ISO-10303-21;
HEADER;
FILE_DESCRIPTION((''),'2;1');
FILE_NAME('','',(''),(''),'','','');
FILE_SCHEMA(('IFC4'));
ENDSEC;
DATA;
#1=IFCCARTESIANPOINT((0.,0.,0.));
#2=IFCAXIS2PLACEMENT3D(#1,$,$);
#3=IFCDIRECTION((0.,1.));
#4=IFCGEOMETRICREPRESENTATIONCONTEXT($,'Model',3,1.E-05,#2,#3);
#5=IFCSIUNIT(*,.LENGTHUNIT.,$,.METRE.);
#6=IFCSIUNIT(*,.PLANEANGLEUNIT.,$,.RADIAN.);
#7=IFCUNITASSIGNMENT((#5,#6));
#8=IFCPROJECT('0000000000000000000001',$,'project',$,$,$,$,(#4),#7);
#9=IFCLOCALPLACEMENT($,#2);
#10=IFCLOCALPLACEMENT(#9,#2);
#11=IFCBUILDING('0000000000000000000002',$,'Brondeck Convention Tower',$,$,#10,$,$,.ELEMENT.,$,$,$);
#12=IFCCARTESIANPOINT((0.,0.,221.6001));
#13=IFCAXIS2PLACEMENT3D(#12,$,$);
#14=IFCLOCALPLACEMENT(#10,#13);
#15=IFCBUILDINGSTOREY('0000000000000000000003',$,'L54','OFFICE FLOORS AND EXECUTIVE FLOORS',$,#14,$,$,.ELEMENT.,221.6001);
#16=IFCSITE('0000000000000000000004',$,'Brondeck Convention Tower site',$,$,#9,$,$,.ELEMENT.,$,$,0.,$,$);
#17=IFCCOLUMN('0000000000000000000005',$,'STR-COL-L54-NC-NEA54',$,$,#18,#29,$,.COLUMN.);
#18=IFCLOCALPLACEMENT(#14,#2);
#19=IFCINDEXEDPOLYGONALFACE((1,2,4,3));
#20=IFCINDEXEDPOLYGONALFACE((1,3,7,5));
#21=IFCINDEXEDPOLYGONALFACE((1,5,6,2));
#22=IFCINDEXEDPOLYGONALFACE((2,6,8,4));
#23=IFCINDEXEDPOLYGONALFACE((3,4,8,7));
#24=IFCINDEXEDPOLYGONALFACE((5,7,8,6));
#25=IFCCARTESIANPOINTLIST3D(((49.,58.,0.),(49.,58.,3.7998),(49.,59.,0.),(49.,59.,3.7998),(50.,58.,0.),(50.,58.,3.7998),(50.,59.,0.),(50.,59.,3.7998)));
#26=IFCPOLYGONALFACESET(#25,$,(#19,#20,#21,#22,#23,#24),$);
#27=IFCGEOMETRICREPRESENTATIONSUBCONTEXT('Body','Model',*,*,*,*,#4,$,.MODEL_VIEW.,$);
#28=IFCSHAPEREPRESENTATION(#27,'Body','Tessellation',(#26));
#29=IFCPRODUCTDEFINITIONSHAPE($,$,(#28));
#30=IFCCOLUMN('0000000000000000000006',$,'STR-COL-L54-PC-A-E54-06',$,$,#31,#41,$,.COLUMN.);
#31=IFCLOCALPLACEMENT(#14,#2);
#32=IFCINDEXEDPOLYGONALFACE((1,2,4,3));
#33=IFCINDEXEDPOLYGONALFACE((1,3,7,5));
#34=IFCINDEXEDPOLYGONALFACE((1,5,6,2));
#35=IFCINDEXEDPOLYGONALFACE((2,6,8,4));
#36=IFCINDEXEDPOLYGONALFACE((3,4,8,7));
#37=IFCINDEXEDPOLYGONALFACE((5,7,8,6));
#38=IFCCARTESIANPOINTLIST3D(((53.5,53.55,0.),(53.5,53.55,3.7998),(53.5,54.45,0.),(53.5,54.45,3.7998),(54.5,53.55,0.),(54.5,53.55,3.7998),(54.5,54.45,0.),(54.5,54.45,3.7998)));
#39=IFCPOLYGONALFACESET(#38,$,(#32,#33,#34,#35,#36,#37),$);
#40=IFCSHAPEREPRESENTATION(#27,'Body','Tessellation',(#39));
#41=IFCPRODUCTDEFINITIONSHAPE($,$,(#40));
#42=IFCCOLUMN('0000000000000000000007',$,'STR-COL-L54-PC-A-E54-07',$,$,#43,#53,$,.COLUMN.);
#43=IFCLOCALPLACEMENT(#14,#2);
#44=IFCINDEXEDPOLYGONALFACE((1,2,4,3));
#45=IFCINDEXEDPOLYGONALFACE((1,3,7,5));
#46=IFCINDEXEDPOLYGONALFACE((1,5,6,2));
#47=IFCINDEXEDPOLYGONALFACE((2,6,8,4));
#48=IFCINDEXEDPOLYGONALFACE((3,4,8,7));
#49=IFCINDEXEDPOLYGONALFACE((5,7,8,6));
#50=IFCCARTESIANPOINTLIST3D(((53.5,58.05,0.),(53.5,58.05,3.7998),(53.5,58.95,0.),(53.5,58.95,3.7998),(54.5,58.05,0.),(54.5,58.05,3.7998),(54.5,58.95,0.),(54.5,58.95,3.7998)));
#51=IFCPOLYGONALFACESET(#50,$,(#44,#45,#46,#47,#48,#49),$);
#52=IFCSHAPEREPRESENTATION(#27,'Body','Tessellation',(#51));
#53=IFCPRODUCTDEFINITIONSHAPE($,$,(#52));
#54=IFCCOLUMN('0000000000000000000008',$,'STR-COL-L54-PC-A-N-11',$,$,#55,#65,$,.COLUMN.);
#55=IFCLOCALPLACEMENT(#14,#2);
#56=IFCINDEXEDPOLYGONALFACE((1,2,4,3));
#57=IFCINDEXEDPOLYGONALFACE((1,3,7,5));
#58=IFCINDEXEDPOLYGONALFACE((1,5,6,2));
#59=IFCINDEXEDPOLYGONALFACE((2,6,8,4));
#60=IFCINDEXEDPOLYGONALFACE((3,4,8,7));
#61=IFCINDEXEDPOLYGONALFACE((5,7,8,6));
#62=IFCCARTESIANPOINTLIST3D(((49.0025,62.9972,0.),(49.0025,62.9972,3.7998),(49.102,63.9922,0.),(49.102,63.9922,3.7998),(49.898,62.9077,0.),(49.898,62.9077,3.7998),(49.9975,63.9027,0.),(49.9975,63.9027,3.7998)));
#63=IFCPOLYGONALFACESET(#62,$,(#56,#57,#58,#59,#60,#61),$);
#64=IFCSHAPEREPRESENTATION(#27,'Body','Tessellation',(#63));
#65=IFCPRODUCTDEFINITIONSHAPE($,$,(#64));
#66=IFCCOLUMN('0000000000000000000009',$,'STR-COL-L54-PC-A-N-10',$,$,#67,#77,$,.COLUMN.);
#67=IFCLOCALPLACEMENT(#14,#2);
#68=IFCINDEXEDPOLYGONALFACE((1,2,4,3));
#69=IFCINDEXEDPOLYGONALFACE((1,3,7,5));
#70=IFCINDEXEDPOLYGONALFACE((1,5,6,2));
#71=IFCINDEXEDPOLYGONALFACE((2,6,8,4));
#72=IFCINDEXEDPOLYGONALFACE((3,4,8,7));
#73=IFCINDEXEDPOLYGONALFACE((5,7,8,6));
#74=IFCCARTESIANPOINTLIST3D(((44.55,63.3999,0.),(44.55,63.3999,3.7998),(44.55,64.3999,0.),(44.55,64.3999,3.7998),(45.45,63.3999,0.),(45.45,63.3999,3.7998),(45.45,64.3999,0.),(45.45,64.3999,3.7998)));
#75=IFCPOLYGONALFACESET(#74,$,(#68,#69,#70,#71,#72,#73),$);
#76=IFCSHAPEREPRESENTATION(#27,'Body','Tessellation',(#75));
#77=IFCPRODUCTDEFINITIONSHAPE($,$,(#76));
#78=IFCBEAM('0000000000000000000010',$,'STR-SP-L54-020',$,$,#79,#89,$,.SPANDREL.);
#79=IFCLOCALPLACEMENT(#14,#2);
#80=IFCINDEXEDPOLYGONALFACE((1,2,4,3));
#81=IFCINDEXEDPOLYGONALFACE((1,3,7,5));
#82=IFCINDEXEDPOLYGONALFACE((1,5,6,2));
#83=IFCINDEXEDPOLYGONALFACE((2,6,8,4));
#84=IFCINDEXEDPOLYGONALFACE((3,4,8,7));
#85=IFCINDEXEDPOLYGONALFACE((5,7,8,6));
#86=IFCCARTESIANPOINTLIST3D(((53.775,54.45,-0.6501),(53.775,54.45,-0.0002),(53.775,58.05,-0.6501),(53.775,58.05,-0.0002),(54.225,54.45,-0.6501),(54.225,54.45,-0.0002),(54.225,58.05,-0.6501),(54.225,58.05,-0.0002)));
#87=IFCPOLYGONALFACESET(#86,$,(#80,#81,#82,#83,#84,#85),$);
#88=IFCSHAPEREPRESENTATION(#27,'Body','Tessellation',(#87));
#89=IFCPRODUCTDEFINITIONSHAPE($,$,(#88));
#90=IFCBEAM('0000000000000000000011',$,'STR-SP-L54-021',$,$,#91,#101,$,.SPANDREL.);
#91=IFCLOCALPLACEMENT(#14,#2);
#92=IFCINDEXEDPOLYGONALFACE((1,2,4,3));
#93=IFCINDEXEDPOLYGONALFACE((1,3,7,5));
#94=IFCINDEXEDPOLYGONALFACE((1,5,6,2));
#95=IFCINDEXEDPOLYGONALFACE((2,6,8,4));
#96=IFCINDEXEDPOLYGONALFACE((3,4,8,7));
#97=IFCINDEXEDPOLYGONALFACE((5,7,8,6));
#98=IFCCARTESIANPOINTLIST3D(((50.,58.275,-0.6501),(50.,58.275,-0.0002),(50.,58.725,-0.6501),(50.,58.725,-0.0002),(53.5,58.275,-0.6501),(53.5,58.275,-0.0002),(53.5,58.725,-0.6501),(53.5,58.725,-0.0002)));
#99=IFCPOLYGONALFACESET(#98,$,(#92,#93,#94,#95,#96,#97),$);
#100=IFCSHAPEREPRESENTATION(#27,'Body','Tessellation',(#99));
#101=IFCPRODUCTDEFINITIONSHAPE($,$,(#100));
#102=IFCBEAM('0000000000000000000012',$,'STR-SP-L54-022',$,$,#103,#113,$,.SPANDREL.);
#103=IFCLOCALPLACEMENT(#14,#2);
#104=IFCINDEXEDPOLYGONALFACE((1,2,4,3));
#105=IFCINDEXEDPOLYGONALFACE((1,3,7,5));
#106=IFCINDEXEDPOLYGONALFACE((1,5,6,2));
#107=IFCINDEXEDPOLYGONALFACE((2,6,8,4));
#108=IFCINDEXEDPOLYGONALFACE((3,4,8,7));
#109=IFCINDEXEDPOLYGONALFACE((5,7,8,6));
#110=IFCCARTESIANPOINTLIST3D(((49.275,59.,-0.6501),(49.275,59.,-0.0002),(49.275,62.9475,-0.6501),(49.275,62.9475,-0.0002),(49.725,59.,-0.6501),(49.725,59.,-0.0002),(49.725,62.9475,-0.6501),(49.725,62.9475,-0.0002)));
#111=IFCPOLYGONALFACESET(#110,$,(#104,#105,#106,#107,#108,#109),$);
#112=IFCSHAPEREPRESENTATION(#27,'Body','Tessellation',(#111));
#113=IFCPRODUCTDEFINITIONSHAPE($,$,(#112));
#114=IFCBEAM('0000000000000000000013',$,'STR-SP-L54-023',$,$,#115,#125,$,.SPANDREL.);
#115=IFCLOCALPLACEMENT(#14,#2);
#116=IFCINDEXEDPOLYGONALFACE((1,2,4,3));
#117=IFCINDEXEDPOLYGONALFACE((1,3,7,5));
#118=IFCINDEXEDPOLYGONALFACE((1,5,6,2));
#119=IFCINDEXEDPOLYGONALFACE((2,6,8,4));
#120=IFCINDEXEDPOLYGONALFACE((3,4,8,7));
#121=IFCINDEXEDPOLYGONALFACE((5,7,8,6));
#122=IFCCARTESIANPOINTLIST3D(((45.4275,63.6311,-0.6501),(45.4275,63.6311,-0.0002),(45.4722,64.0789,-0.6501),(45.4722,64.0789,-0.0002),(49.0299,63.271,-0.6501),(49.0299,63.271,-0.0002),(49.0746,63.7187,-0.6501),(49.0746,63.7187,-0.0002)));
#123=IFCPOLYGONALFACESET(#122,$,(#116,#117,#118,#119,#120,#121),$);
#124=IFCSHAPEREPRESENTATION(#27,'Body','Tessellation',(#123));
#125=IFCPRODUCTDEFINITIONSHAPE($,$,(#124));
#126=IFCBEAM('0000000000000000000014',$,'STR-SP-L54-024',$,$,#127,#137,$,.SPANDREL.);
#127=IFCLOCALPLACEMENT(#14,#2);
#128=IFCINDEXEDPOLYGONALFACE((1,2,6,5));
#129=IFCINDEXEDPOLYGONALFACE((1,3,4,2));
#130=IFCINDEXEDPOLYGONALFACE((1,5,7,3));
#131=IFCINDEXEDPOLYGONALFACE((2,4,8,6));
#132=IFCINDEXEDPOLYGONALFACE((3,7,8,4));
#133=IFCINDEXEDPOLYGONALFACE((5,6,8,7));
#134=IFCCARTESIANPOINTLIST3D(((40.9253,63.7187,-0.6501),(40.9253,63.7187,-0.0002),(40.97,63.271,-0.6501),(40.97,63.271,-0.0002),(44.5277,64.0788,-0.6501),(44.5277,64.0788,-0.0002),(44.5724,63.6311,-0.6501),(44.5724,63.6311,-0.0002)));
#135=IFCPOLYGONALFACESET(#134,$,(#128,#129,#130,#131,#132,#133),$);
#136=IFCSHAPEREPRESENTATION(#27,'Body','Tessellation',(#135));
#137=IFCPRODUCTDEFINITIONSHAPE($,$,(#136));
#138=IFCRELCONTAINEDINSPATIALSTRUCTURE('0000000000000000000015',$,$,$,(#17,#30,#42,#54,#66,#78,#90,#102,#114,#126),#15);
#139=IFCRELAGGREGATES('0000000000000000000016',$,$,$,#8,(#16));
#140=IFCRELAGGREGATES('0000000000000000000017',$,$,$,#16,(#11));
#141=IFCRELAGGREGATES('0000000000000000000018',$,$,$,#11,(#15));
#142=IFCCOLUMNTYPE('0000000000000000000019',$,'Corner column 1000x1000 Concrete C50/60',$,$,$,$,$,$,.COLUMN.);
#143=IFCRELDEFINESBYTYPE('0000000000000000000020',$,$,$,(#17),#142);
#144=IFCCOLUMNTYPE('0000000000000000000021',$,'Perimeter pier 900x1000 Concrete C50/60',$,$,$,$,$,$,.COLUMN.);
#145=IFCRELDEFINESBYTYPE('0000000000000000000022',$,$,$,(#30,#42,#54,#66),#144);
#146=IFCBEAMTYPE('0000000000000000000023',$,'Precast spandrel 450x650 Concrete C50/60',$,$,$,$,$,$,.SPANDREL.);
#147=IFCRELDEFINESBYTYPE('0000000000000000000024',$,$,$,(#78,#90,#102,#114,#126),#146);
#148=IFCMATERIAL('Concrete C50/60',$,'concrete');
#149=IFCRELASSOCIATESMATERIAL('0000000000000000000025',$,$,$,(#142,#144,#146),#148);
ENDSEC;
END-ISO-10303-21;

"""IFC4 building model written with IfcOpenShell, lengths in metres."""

from ifc_helpers import new_model, si_unit, direction, frame, origin, origin_2d, place, context, subcontext, project, spatial, rectangle, extrude, material, material_profile, profile_set, type_object, element, save


model = new_model("IFC4")

# Units and contexts
model_context = context("Model", 3, precision=1e-05, world=origin(), true_north=direction((0.0, 1.0)))
body_context = subcontext(model_context, "Body", "Model", "MODEL_VIEW")
ifc_project = project(units=[si_unit("LENGTHUNIT", "METRE"), si_unit("PLANEANGLEUNIT", "RADIAN")], contexts=[model_context])

# Site, building, storey
site_placement = place(None, origin())
site = spatial("IfcSite", under=ifc_project, at=site_placement, Name="Brondeck Convention Tower site", CompositionType="ELEMENT", RefElevation=0.0)
building_placement = place(site_placement, origin())
building = spatial("IfcBuilding", under=site, at=building_placement, Name="Brondeck Convention Tower", CompositionType="ELEMENT")
storey_placement = place(building_placement, frame((0.0, 0.0, 221.6001)))
storey = spatial("IfcBuildingStorey", under=building, at=storey_placement, Name="L54", Description="OFFICE FLOORS AND EXECUTIVE FLOORS", CompositionType="ELEMENT", Elevation=221.6001)

# Columns
ifc_material_1 = material(Name="Concrete C50/60", Category="concrete")
ifc_material_profile_1 = material_profile(ifc_material_1, rectangle(XDim=1.0, YDim=1.0, at=origin_2d()), Name="Corner column 1000x1000 Concrete C50/60")
ifc_profile_set_1 = profile_set([ifc_material_profile_1], Name="Concrete C50/60")
column_type_1 = type_object("IfcColumnType", Name="Corner column 1000x1000 Concrete C50/60", PredefinedType="COLUMN", material=ifc_profile_set_1)
column_placement = place(storey_placement, frame((49.5, 58.5, 0.0), z_axis=(0.0, 0.0, 1.0), x_axis=(1.0, 0.0, 0.0)))
element("IfcColumn", 1, at=column_placement, inside=storey, type_object=column_type_1, Name="STR-COL-L54-NC-NEA54", PredefinedType="COLUMN", context=body_context, shape_type="SweptSolid", body=[
    extrude(rectangle(XDim=1.0, YDim=1.0, at=origin_2d()), origin(), (0.0, 0.0, 1.0), 3.7998),
])
ifc_material_profile_2 = material_profile(ifc_material_1, rectangle(XDim=0.8999, YDim=1.0, at=origin_2d()), Name="Perimeter pier 900x1000 Concrete C50/60")
ifc_profile_set_2 = profile_set([ifc_material_profile_2], Name="Concrete C50/60")
column_type_2 = type_object("IfcColumnType", Name="Perimeter pier 900x1000 Concrete C50/60", PredefinedType="COLUMN", material=ifc_profile_set_2)
for number, where, z_axis, x_axis, name in (
    (2, (54.0, 54.0, 0.0), (0.0, 0.0, 1.0), (0.0, 1.0, 0.0), "STR-COL-L54-PC-A-E54-06"),
    (3, (54.0, 58.5, 0.0), (0.0, 0.0, 1.0), (0.0, 1.0, 0.0), "STR-COL-L54-PC-A-E54-07"),
    (4, (49.5, 63.45, 0.0), (0.0, 0.0, 1.0), (-0.995037, 0.099504, 0.0), "STR-COL-L54-PC-A-N-11"),
    (5, (45.0, 63.8999, 0.0), (0.0, 0.0, 1.0), (-1.0, 0.0, 0.0), "STR-COL-L54-PC-A-N-10"),
):
    element("IfcColumn", number, at=place(storey_placement, frame(where, z_axis=z_axis, x_axis=x_axis)), inside=storey, type_object=column_type_2, Name=name, PredefinedType="COLUMN", context=body_context, shape_type="SweptSolid", body=[
        extrude(rectangle(XDim=0.8999, YDim=1.0, at=origin_2d()), origin(), (0.0, 0.0, 1.0), 3.7998),
    ])

# Beams
ifc_material_profile_3 = material_profile(ifc_material_1, rectangle(XDim=0.45, YDim=0.6499, at=origin_2d()), Name="Precast spandrel 450x650 Concrete C50/60")
ifc_profile_set_3 = profile_set([ifc_material_profile_3], Name="Concrete C50/60")
beam_type = type_object("IfcBeamType", Name="Precast spandrel 450x650 Concrete C50/60", PredefinedType="SPANDREL", material=ifc_profile_set_3)
beam_1_placement = place(storey_placement, frame((54.0, 54.45, -0.3252), z_axis=(0.0, 1.0, 0.0), x_axis=(-1.0, 0.0, 0.0)))
element("IfcBeam", 6, at=beam_1_placement, inside=storey, type_object=beam_type, Name="STR-SP-L54-020", PredefinedType="SPANDREL", context=body_context, shape_type="SweptSolid", body=[
    extrude(rectangle(XDim=0.45, YDim=0.6499, at=origin_2d()), origin(), (0.0, 0.0, 1.0), 3.6001),
])
beam_2_placement = place(storey_placement, frame((53.5, 58.5, -0.3252), z_axis=(-1.0, 0.0, 0.0), x_axis=(0.0, -1.0, 0.0)))
element("IfcBeam", 7, at=beam_2_placement, inside=storey, type_object=beam_type, Name="STR-SP-L54-021", PredefinedType="SPANDREL", context=body_context, shape_type="SweptSolid", body=[
    extrude(rectangle(XDim=0.45, YDim=0.6499, at=origin_2d()), origin(), (0.0, 0.0, 1.0), 3.5),
])
beam_3_placement = place(storey_placement, frame((49.5, 59.0, -0.3252), z_axis=(0.0, 1.0, 0.0), x_axis=(-1.0, 0.0, 0.0)))
element("IfcBeam", 8, at=beam_3_placement, inside=storey, type_object=beam_type, Name="STR-SP-L54-022", PredefinedType="SPANDREL", context=body_context, shape_type="SweptSolid", body=[
    extrude(rectangle(XDim=0.45, YDim=0.6499, at=origin_2d()), origin(), (0.0, 0.0, 1.0), 3.9475),
])
for number, where, z_axis, x_axis, name in (
    (9, (49.0522, 63.4949, -0.3252), (-0.995041, 0.09947, 0.0), (-0.09947, -0.995041, 0.0), "STR-SP-L54-023"),
    (10, (44.55, 63.855, -0.3252), (-0.995041, -0.09947, 0.0), (0.09947, -0.995041, 0.0), "STR-SP-L54-024"),
):
    element("IfcBeam", number, at=place(storey_placement, frame(where, z_axis=z_axis, x_axis=x_axis)), inside=storey, type_object=beam_type, Name=name, PredefinedType="SPANDREL", context=body_context, shape_type="SweptSolid", body=[
        extrude(rectangle(XDim=0.45, YDim=0.6499, at=origin_2d()), origin(), (0.0, 0.0, 1.0), 3.6204),
    ])

save(model, "model.ifc")
